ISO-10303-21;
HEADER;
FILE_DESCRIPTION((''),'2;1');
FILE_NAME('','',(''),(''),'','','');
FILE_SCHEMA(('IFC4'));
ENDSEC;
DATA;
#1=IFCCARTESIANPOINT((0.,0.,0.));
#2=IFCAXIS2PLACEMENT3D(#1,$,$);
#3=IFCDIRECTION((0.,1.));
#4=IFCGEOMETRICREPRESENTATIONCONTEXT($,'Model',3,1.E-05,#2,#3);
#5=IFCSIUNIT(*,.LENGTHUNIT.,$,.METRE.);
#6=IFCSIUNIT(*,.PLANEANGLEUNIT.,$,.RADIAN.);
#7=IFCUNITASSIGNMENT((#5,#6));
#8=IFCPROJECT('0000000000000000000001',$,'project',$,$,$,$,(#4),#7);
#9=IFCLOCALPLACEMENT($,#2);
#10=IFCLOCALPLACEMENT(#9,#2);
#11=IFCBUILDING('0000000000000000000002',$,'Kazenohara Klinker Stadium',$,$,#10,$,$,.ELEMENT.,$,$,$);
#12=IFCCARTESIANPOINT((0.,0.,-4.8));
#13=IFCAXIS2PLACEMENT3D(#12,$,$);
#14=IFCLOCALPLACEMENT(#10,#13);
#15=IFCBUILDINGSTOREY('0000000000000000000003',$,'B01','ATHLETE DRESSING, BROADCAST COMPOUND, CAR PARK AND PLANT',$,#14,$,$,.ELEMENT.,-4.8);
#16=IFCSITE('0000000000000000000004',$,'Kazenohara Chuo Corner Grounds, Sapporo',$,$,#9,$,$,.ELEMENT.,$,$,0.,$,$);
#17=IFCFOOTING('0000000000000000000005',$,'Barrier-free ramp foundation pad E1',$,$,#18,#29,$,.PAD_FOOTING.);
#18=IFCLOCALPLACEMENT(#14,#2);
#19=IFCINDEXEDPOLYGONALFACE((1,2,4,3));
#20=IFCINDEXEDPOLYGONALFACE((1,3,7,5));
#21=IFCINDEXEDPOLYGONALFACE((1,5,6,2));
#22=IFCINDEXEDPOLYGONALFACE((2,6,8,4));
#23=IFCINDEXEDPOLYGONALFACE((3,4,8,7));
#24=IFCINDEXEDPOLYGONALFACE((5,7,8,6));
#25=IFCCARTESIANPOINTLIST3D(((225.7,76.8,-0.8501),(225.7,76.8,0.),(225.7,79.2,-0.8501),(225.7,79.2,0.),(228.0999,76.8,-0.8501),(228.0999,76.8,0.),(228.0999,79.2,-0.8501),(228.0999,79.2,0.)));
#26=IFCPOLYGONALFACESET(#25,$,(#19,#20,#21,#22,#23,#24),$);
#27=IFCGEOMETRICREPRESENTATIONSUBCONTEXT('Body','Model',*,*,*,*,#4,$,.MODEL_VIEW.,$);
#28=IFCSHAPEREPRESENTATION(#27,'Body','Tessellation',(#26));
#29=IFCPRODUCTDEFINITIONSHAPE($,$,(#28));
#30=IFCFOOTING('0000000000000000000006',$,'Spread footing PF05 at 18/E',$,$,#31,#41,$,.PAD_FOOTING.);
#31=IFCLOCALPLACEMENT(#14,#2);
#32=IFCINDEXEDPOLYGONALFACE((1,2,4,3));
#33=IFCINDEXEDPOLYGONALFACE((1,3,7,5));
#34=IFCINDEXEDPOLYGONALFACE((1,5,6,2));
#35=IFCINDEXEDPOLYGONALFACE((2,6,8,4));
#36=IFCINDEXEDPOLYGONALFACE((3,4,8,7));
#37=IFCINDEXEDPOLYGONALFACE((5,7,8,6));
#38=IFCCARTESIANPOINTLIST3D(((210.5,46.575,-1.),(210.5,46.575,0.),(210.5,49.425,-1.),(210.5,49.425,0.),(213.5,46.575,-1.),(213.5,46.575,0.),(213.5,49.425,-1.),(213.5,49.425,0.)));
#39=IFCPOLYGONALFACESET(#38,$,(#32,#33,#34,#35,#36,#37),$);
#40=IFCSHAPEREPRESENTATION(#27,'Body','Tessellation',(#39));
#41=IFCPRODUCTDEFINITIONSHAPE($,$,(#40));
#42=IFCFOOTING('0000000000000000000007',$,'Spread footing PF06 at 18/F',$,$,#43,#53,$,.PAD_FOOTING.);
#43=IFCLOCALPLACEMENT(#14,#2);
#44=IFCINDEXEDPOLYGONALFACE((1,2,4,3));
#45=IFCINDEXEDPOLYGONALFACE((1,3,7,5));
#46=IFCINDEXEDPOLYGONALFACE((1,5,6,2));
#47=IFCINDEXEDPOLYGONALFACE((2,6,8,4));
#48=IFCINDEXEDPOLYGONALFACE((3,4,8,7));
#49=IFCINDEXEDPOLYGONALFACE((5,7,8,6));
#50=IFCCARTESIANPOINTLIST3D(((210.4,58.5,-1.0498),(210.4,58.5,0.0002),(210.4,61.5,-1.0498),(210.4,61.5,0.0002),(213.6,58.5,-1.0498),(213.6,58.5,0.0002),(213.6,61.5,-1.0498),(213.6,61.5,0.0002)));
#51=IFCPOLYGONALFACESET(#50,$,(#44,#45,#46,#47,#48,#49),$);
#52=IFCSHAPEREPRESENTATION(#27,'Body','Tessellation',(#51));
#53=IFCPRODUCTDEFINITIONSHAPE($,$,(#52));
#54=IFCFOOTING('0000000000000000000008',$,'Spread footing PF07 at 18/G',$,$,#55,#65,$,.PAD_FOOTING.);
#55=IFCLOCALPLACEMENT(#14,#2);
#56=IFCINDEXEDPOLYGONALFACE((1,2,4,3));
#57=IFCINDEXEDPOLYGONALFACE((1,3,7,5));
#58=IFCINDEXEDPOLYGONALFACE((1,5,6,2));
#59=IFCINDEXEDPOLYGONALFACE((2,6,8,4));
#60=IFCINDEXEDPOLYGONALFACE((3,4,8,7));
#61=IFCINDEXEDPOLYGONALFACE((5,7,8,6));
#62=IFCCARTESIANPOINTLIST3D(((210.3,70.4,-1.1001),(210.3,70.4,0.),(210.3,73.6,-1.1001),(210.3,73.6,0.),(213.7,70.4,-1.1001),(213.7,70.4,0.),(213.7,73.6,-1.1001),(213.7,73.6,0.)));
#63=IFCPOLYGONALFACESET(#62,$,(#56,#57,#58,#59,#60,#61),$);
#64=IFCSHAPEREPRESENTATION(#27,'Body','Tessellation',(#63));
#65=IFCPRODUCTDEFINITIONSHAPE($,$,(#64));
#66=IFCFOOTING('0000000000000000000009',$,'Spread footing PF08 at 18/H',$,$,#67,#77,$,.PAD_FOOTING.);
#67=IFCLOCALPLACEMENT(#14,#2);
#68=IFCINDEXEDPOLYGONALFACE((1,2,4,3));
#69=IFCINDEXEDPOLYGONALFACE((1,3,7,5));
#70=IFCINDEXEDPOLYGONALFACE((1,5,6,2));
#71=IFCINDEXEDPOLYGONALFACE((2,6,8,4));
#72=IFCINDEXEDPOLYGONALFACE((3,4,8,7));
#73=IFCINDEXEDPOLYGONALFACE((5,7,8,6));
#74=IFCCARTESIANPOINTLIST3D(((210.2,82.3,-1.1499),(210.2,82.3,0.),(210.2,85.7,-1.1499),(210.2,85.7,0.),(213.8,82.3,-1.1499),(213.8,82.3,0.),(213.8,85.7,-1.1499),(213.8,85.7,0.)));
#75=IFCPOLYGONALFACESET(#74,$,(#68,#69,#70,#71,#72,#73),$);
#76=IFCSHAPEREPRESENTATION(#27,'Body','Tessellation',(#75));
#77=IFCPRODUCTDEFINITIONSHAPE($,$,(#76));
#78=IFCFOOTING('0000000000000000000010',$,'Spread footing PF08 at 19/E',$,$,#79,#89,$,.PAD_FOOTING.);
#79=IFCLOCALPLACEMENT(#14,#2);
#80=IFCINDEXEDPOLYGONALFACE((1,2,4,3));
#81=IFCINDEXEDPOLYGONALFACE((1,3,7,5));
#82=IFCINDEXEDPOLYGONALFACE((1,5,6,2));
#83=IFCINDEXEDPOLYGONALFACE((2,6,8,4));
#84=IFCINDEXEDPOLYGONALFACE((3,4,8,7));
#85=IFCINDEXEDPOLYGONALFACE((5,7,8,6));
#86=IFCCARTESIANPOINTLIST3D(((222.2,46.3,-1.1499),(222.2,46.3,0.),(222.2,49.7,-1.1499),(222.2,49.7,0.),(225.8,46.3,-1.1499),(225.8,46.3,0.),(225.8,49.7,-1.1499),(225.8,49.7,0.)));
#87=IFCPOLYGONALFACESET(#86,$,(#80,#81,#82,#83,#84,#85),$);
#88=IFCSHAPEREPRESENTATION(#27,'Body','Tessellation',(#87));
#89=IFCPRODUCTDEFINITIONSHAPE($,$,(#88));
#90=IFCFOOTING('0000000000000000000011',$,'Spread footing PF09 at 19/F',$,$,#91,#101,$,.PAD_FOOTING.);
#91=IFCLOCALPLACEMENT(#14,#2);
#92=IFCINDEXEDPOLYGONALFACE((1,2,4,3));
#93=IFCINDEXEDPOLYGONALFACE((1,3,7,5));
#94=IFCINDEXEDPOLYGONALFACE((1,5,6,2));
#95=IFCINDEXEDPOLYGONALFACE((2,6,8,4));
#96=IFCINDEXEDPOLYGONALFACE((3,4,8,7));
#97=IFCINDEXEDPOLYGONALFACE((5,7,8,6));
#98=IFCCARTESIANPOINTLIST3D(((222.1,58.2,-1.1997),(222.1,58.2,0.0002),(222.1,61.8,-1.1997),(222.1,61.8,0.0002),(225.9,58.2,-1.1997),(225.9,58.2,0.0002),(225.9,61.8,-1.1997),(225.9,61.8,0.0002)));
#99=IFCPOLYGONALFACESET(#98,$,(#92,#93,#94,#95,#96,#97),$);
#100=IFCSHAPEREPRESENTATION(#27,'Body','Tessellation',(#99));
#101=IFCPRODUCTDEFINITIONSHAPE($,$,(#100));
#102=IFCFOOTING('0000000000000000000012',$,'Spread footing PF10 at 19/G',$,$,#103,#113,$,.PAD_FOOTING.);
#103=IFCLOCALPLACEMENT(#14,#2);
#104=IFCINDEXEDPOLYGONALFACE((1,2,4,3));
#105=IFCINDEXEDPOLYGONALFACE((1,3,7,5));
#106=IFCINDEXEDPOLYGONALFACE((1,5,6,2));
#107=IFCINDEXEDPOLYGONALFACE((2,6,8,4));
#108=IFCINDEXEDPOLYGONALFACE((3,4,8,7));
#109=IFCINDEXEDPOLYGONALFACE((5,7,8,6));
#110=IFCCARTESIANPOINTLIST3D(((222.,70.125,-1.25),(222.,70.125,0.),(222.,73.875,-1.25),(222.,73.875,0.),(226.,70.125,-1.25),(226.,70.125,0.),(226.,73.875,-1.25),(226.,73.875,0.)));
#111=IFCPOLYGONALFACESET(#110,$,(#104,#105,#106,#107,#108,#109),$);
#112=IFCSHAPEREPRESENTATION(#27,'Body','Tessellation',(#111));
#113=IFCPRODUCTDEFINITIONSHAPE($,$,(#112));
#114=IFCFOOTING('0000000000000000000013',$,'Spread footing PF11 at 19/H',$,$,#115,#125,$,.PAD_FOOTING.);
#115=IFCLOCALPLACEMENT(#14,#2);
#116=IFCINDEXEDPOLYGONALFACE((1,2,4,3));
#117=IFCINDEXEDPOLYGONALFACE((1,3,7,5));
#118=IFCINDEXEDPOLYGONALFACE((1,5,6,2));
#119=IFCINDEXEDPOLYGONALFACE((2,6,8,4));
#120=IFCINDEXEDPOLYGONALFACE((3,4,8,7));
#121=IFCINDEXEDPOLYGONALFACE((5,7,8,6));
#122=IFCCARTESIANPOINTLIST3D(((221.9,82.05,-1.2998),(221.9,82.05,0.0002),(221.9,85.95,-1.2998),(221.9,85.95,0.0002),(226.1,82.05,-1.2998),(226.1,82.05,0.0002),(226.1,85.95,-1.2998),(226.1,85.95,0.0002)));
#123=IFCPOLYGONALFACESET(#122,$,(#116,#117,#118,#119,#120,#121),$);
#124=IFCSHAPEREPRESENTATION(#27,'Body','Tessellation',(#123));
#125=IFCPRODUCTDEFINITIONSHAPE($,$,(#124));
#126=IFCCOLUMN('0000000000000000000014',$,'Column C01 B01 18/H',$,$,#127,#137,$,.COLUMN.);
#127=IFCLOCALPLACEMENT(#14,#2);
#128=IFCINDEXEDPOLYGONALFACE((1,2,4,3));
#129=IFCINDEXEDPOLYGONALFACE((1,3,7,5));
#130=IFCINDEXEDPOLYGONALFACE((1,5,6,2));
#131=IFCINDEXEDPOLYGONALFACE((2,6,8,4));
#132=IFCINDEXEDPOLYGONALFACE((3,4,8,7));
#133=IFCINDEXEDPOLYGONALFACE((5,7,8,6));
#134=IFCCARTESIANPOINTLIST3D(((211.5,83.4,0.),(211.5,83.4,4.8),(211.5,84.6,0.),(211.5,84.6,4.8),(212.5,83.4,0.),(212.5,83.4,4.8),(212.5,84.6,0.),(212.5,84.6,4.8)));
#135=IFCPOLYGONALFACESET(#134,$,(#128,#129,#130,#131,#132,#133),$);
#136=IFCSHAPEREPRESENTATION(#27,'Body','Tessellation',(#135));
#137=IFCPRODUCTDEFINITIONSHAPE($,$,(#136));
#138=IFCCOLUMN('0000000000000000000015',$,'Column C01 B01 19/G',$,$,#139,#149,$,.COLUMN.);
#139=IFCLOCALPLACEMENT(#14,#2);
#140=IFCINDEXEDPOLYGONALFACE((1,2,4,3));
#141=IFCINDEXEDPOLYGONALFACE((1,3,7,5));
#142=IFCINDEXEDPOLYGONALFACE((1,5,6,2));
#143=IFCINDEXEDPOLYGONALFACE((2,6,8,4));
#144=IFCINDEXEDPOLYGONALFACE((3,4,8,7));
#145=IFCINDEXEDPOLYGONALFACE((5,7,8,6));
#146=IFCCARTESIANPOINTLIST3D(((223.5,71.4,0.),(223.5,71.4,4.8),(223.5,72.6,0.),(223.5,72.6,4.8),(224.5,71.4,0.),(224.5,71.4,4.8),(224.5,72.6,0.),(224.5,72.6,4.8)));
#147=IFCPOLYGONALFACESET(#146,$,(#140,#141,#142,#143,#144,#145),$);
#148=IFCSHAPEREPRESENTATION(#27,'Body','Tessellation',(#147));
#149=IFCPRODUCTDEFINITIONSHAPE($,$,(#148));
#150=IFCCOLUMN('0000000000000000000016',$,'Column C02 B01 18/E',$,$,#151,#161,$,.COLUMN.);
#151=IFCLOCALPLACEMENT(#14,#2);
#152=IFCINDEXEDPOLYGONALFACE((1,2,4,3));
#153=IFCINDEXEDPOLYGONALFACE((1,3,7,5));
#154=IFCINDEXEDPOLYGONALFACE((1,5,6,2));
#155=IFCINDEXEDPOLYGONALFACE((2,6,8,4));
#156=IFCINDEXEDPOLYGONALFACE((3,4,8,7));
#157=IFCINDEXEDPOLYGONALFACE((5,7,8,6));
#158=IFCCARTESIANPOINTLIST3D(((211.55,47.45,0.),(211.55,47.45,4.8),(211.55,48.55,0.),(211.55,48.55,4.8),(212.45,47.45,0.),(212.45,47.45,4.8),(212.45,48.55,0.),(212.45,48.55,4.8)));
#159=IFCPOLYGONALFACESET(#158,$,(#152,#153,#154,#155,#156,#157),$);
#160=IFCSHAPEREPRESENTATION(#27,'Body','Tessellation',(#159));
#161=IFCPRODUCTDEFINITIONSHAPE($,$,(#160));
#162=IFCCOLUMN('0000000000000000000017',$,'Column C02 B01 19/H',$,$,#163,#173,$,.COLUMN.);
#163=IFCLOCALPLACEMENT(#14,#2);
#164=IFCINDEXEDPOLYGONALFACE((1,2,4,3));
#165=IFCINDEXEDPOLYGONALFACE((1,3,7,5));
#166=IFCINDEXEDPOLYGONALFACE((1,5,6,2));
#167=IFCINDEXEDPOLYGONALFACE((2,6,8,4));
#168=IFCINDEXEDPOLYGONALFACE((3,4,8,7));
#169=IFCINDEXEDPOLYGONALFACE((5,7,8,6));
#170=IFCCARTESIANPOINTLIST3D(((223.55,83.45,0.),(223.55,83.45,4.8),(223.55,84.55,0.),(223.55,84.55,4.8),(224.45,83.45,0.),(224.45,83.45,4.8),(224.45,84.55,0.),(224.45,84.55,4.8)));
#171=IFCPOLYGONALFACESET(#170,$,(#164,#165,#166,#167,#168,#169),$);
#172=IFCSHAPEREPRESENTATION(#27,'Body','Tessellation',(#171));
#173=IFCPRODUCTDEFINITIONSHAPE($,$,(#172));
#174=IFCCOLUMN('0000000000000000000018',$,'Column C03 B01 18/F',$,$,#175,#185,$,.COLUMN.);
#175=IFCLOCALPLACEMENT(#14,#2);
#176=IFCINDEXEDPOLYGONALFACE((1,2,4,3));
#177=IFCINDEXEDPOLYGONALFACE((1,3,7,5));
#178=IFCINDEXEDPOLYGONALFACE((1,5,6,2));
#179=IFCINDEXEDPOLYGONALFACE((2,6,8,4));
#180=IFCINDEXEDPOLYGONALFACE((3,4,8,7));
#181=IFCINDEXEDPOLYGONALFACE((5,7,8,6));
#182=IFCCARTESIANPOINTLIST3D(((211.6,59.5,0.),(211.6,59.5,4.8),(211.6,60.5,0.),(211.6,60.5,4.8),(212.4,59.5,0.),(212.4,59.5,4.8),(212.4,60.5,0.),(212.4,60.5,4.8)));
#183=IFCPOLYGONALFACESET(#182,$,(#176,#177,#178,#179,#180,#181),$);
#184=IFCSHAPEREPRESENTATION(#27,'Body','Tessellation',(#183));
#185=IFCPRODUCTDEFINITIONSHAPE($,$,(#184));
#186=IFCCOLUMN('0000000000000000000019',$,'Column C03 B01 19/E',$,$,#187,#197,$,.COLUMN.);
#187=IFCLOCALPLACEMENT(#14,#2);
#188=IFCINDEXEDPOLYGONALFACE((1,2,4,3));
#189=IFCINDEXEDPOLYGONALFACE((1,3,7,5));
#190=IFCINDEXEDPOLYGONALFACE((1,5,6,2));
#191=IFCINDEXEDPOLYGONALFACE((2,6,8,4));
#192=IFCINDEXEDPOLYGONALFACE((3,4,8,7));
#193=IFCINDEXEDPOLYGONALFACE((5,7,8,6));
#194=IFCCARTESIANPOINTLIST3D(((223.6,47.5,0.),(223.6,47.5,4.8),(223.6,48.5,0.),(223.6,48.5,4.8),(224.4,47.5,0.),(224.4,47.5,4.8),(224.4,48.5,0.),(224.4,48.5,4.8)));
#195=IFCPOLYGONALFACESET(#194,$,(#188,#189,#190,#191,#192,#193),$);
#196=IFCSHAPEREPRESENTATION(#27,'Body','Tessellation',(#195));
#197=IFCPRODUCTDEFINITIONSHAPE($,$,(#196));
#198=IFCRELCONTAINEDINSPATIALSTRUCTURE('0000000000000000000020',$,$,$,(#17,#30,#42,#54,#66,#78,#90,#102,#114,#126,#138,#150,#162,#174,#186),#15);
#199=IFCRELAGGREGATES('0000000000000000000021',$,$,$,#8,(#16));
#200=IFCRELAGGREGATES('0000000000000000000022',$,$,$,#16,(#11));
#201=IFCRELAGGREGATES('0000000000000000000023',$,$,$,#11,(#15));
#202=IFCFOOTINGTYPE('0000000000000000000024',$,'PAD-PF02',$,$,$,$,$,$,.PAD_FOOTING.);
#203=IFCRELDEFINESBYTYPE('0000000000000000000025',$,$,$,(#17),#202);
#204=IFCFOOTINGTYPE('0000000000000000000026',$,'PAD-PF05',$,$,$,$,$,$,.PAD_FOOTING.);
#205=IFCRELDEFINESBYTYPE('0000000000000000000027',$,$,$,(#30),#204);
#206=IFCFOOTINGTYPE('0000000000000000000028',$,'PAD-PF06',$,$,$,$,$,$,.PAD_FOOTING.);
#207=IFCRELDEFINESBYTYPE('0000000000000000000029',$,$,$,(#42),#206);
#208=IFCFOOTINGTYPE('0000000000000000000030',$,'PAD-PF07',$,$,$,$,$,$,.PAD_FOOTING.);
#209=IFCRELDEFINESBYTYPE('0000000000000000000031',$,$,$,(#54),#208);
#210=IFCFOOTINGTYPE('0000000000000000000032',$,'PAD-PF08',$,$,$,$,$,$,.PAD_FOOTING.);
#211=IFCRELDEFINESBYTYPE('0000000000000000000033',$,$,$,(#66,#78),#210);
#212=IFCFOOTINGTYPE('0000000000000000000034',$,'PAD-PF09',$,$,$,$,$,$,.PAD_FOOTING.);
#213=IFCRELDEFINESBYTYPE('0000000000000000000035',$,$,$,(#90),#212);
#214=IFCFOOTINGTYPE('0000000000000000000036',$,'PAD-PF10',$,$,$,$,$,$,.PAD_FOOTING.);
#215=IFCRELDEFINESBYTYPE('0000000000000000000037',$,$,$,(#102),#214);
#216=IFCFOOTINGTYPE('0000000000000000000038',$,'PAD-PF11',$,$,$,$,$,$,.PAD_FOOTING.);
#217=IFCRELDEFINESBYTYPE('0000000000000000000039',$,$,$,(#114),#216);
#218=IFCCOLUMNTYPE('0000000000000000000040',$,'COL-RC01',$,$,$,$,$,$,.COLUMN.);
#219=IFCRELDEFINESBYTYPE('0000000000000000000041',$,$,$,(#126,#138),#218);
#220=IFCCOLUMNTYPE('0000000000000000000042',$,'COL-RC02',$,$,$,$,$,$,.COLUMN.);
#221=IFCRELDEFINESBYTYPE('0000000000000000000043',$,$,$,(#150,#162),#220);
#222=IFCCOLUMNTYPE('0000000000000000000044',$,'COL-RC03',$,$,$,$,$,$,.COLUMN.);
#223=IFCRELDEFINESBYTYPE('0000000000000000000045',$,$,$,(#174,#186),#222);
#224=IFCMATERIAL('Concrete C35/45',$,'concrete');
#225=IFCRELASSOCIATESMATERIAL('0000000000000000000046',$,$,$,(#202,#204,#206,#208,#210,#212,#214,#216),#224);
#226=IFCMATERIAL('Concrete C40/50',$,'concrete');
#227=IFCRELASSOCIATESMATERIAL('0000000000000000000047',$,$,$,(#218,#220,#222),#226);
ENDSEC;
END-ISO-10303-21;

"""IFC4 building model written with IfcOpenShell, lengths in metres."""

from ifc_helpers import new_model, si_unit, direction, frame, origin, origin_2d, place, context, subcontext, project, spatial, rectangle, extrude, material, material_profile, profile_set, type_object, element, save


model = new_model("IFC4")

# Units and contexts
model_context = context("Model", 3, precision=1e-05, world=origin(), true_north=direction((0.0, 1.0)))
body_context = subcontext(model_context, "Body", "Model", "MODEL_VIEW")
ifc_project = project(units=[si_unit("LENGTHUNIT", "METRE"), si_unit("PLANEANGLEUNIT", "RADIAN")], contexts=[model_context])

# Site, building, storey
site_placement = place(None, origin())
site = spatial("IfcSite", under=ifc_project, at=site_placement, Name="Kazenohara Chuo Corner Grounds, Sapporo", CompositionType="ELEMENT", RefElevation=0.0)
building_placement = place(site_placement, origin())
building = spatial("IfcBuilding", under=site, at=building_placement, Name="Kazenohara Klinker Stadium", CompositionType="ELEMENT")
storey_placement = place(building_placement, frame((0.0, 0.0, -4.8)))
storey = spatial("IfcBuildingStorey", under=building, at=storey_placement, Name="B01", Description="ATHLETE DRESSING, BROADCAST COMPOUND, CAR PARK AND PLANT", CompositionType="ELEMENT", Elevation=-4.8)

# Footings
ifc_material_1 = material(Name="Concrete C35/45", Category="concrete")
footing_type_1 = type_object("IfcFootingType", Name="PAD-PF02", PredefinedType="PAD_FOOTING", material=ifc_material_1)
footing_1_placement = place(storey_placement, frame((226.8999, 78.0, -0.8501), z_axis=(0.0, 0.0, 1.0), x_axis=(1.0, 0.0, 0.0)))
element("IfcFooting", 1, at=footing_1_placement, inside=storey, type_object=footing_type_1, Name="Barrier-free ramp foundation pad E1", PredefinedType="PAD_FOOTING", context=body_context, shape_type="SweptSolid", body=[
    extrude(rectangle(XDim=2.3999, YDim=2.3999, at=origin_2d()), origin(), (0.0, 0.0, 1.0), 0.8501),
])
footing_type_2 = type_object("IfcFootingType", Name="PAD-PF05", PredefinedType="PAD_FOOTING", material=ifc_material_1)
footing_2_placement = place(storey_placement, frame((212.0, 48.0, -1.0), z_axis=(0.0, 0.0, 1.0), x_axis=(1.0, 0.0, 0.0)))
element("IfcFooting", 2, at=footing_2_placement, inside=storey, type_object=footing_type_2, Name="Spread footing PF05 at 18/E", PredefinedType="PAD_FOOTING", context=body_context, shape_type="SweptSolid", body=[
    extrude(rectangle(XDim=3.0, YDim=2.8501, at=origin_2d()), origin(), (0.0, 0.0, 1.0), 1.0),
])
footing_type_3 = type_object("IfcFootingType", Name="PAD-PF06", PredefinedType="PAD_FOOTING", material=ifc_material_1)
footing_3_placement = place(storey_placement, frame((212.0, 60.0, -1.0498), z_axis=(0.0, 0.0, 1.0), x_axis=(1.0, 0.0, 0.0)))
element("IfcFooting", 3, at=footing_3_placement, inside=storey, type_object=footing_type_3, Name="Spread footing PF06 at 18/F", PredefinedType="PAD_FOOTING", context=body_context, shape_type="SweptSolid", body=[
    extrude(rectangle(XDim=3.2, YDim=3.0, at=origin_2d()), origin(), (0.0, 0.0, 1.0), 1.05),
])
footing_type_4 = type_object("IfcFootingType", Name="PAD-PF07", PredefinedType="PAD_FOOTING", material=ifc_material_1)
footing_4_placement = place(storey_placement, frame((212.0, 72.0, -1.1001), z_axis=(0.0, 0.0, 1.0), x_axis=(1.0, 0.0, 0.0)))
element("IfcFooting", 4, at=footing_4_placement, inside=storey, type_object=footing_type_4, Name="Spread footing PF07 at 18/G", PredefinedType="PAD_FOOTING", context=body_context, shape_type="SweptSolid", body=[
    extrude(rectangle(XDim=3.3999, YDim=3.2, at=origin_2d()), origin(), (0.0, 0.0, 1.0), 1.1001),
])
footing_type_5 = type_object("IfcFootingType", Name="PAD-PF08", PredefinedType="PAD_FOOTING", material=ifc_material_1)
for number, where, z_axis, x_axis, name in (
    (5, (212.0, 84.0, -1.1499), (0.0, 0.0, 1.0), (1.0, 0.0, 0.0), "Spread footing PF08 at 18/H"),
    (6, (224.0, 48.0, -1.1499), (0.0, 0.0, 1.0), (1.0, 0.0, 0.0), "Spread footing PF08 at 19/E"),
):
    element("IfcFooting", number, at=place(storey_placement, frame(where, z_axis=z_axis, x_axis=x_axis)), inside=storey, type_object=footing_type_5, Name=name, PredefinedType="PAD_FOOTING", context=body_context, shape_type="SweptSolid", body=[
        extrude(rectangle(XDim=3.6001, YDim=3.3999, at=origin_2d()), origin(), (0.0, 0.0, 1.0), 1.1499),
    ])
footing_type_6 = type_object("IfcFootingType", Name="PAD-PF09", PredefinedType="PAD_FOOTING", material=ifc_material_1)
footing_5_placement = place(storey_placement, frame((224.0, 60.0, -1.1997), z_axis=(0.0, 0.0, 1.0), x_axis=(1.0, 0.0, 0.0)))
element("IfcFooting", 7, at=footing_5_placement, inside=storey, type_object=footing_type_6, Name="Spread footing PF09 at 19/F", PredefinedType="PAD_FOOTING", context=body_context, shape_type="SweptSolid", body=[
    extrude(rectangle(XDim=3.8, YDim=3.6001, at=origin_2d()), origin(), (0.0, 0.0, 1.0), 1.2),
])
footing_type_7 = type_object("IfcFootingType", Name="PAD-PF10", PredefinedType="PAD_FOOTING", material=ifc_material_1)
footing_6_placement = place(storey_placement, frame((224.0, 72.0, -1.25), z_axis=(0.0, 0.0, 1.0), x_axis=(1.0, 0.0, 0.0)))
element("IfcFooting", 8, at=footing_6_placement, inside=storey, type_object=footing_type_7, Name="Spread footing PF10 at 19/G", PredefinedType="PAD_FOOTING", context=body_context, shape_type="SweptSolid", body=[
    extrude(rectangle(XDim=4.0, YDim=3.75, at=origin_2d()), origin(), (0.0, 0.0, 1.0), 1.25),
])
footing_type_8 = type_object("IfcFootingType", Name="PAD-PF11", PredefinedType="PAD_FOOTING", material=ifc_material_1)
footing_7_placement = place(storey_placement, frame((224.0, 84.0, -1.2998), z_axis=(0.0, 0.0, 1.0), x_axis=(1.0, 0.0, 0.0)))
element("IfcFooting", 9, at=footing_7_placement, inside=storey, type_object=footing_type_8, Name="Spread footing PF11 at 19/H", PredefinedType="PAD_FOOTING", context=body_context, shape_type="SweptSolid", body=[
    extrude(rectangle(XDim=4.2, YDim=3.8999, at=origin_2d()), origin(), (0.0, 0.0, 1.0), 1.3),
])

# Columns
ifc_material_2 = material(Name="Concrete C40/50", Category="concrete")
ifc_material_profile_1 = material_profile(ifc_material_2, rectangle(XDim=1.0, YDim=1.2, at=origin_2d()), Name="RC-COL-1200x1000")
ifc_profile_set_1 = profile_set([ifc_material_profile_1], Name="Concrete C40/50")
column_type_1 = type_object("IfcColumnType", Name="COL-RC01", PredefinedType="COLUMN", material=ifc_profile_set_1)
for number, where, z_axis, x_axis, name in (
    (10, (212.0, 84.0, 0.0), (0.0, 0.0, 1.0), (1.0, 0.0, 0.0), "Column C01 B01 18/H"),
    (11, (224.0, 72.0, 0.0), (0.0, 0.0, 1.0), (1.0, 0.0, 0.0), "Column C01 B01 19/G"),
):
    element("IfcColumn", number, at=place(storey_placement, frame(where, z_axis=z_axis, x_axis=x_axis)), inside=storey, type_object=column_type_1, Name=name, PredefinedType="COLUMN", context=body_context, shape_type="SweptSolid", body=[
        extrude(rectangle(XDim=1.0, YDim=1.2, at=origin_2d()), origin(), (0.0, 0.0, 1.0), 4.8),
    ])
ifc_material_profile_2 = material_profile(ifc_material_2, rectangle(XDim=0.8999, YDim=1.1001, at=origin_2d()), Name="RC-COL-1100x900")
ifc_profile_set_2 = profile_set([ifc_material_profile_2], Name="Concrete C40/50")
column_type_2 = type_object("IfcColumnType", Name="COL-RC02", PredefinedType="COLUMN", material=ifc_profile_set_2)
for number, where, z_axis, x_axis, name in (
    (12, (212.0, 48.0, 0.0), (0.0, 0.0, 1.0), (1.0, 0.0, 0.0), "Column C02 B01 18/E"),
    (13, (224.0, 84.0, 0.0), (0.0, 0.0, 1.0), (1.0, 0.0, 0.0), "Column C02 B01 19/H"),
):
    element("IfcColumn", number, at=place(storey_placement, frame(where, z_axis=z_axis, x_axis=x_axis)), inside=storey, type_object=column_type_2, Name=name, PredefinedType="COLUMN", context=body_context, shape_type="SweptSolid", body=[
        extrude(rectangle(XDim=0.8999, YDim=1.1001, at=origin_2d()), origin(), (0.0, 0.0, 1.0), 4.8),
    ])
ifc_material_profile_3 = material_profile(ifc_material_2, rectangle(XDim=0.8, YDim=1.0, at=origin_2d()), Name="RC-COL-1000x800")
ifc_profile_set_3 = profile_set([ifc_material_profile_3], Name="Concrete C40/50")
column_type_3 = type_object("IfcColumnType", Name="COL-RC03", PredefinedType="COLUMN", material=ifc_profile_set_3)
for number, where, z_axis, x_axis, name in (
    (14, (212.0, 60.0, 0.0), (0.0, 0.0, 1.0), (1.0, 0.0, 0.0), "Column C03 B01 18/F"),
    (15, (224.0, 48.0, 0.0), (0.0, 0.0, 1.0), (1.0, 0.0, 0.0), "Column C03 B01 19/E"),
):
    element("IfcColumn", number, at=place(storey_placement, frame(where, z_axis=z_axis, x_axis=x_axis)), inside=storey, type_object=column_type_3, Name=name, PredefinedType="COLUMN", context=body_context, shape_type="SweptSolid", body=[
        extrude(rectangle(XDim=0.8, YDim=1.0, at=origin_2d()), origin(), (0.0, 0.0, 1.0), 4.8),
    ])

save(model, "model.ifc")
